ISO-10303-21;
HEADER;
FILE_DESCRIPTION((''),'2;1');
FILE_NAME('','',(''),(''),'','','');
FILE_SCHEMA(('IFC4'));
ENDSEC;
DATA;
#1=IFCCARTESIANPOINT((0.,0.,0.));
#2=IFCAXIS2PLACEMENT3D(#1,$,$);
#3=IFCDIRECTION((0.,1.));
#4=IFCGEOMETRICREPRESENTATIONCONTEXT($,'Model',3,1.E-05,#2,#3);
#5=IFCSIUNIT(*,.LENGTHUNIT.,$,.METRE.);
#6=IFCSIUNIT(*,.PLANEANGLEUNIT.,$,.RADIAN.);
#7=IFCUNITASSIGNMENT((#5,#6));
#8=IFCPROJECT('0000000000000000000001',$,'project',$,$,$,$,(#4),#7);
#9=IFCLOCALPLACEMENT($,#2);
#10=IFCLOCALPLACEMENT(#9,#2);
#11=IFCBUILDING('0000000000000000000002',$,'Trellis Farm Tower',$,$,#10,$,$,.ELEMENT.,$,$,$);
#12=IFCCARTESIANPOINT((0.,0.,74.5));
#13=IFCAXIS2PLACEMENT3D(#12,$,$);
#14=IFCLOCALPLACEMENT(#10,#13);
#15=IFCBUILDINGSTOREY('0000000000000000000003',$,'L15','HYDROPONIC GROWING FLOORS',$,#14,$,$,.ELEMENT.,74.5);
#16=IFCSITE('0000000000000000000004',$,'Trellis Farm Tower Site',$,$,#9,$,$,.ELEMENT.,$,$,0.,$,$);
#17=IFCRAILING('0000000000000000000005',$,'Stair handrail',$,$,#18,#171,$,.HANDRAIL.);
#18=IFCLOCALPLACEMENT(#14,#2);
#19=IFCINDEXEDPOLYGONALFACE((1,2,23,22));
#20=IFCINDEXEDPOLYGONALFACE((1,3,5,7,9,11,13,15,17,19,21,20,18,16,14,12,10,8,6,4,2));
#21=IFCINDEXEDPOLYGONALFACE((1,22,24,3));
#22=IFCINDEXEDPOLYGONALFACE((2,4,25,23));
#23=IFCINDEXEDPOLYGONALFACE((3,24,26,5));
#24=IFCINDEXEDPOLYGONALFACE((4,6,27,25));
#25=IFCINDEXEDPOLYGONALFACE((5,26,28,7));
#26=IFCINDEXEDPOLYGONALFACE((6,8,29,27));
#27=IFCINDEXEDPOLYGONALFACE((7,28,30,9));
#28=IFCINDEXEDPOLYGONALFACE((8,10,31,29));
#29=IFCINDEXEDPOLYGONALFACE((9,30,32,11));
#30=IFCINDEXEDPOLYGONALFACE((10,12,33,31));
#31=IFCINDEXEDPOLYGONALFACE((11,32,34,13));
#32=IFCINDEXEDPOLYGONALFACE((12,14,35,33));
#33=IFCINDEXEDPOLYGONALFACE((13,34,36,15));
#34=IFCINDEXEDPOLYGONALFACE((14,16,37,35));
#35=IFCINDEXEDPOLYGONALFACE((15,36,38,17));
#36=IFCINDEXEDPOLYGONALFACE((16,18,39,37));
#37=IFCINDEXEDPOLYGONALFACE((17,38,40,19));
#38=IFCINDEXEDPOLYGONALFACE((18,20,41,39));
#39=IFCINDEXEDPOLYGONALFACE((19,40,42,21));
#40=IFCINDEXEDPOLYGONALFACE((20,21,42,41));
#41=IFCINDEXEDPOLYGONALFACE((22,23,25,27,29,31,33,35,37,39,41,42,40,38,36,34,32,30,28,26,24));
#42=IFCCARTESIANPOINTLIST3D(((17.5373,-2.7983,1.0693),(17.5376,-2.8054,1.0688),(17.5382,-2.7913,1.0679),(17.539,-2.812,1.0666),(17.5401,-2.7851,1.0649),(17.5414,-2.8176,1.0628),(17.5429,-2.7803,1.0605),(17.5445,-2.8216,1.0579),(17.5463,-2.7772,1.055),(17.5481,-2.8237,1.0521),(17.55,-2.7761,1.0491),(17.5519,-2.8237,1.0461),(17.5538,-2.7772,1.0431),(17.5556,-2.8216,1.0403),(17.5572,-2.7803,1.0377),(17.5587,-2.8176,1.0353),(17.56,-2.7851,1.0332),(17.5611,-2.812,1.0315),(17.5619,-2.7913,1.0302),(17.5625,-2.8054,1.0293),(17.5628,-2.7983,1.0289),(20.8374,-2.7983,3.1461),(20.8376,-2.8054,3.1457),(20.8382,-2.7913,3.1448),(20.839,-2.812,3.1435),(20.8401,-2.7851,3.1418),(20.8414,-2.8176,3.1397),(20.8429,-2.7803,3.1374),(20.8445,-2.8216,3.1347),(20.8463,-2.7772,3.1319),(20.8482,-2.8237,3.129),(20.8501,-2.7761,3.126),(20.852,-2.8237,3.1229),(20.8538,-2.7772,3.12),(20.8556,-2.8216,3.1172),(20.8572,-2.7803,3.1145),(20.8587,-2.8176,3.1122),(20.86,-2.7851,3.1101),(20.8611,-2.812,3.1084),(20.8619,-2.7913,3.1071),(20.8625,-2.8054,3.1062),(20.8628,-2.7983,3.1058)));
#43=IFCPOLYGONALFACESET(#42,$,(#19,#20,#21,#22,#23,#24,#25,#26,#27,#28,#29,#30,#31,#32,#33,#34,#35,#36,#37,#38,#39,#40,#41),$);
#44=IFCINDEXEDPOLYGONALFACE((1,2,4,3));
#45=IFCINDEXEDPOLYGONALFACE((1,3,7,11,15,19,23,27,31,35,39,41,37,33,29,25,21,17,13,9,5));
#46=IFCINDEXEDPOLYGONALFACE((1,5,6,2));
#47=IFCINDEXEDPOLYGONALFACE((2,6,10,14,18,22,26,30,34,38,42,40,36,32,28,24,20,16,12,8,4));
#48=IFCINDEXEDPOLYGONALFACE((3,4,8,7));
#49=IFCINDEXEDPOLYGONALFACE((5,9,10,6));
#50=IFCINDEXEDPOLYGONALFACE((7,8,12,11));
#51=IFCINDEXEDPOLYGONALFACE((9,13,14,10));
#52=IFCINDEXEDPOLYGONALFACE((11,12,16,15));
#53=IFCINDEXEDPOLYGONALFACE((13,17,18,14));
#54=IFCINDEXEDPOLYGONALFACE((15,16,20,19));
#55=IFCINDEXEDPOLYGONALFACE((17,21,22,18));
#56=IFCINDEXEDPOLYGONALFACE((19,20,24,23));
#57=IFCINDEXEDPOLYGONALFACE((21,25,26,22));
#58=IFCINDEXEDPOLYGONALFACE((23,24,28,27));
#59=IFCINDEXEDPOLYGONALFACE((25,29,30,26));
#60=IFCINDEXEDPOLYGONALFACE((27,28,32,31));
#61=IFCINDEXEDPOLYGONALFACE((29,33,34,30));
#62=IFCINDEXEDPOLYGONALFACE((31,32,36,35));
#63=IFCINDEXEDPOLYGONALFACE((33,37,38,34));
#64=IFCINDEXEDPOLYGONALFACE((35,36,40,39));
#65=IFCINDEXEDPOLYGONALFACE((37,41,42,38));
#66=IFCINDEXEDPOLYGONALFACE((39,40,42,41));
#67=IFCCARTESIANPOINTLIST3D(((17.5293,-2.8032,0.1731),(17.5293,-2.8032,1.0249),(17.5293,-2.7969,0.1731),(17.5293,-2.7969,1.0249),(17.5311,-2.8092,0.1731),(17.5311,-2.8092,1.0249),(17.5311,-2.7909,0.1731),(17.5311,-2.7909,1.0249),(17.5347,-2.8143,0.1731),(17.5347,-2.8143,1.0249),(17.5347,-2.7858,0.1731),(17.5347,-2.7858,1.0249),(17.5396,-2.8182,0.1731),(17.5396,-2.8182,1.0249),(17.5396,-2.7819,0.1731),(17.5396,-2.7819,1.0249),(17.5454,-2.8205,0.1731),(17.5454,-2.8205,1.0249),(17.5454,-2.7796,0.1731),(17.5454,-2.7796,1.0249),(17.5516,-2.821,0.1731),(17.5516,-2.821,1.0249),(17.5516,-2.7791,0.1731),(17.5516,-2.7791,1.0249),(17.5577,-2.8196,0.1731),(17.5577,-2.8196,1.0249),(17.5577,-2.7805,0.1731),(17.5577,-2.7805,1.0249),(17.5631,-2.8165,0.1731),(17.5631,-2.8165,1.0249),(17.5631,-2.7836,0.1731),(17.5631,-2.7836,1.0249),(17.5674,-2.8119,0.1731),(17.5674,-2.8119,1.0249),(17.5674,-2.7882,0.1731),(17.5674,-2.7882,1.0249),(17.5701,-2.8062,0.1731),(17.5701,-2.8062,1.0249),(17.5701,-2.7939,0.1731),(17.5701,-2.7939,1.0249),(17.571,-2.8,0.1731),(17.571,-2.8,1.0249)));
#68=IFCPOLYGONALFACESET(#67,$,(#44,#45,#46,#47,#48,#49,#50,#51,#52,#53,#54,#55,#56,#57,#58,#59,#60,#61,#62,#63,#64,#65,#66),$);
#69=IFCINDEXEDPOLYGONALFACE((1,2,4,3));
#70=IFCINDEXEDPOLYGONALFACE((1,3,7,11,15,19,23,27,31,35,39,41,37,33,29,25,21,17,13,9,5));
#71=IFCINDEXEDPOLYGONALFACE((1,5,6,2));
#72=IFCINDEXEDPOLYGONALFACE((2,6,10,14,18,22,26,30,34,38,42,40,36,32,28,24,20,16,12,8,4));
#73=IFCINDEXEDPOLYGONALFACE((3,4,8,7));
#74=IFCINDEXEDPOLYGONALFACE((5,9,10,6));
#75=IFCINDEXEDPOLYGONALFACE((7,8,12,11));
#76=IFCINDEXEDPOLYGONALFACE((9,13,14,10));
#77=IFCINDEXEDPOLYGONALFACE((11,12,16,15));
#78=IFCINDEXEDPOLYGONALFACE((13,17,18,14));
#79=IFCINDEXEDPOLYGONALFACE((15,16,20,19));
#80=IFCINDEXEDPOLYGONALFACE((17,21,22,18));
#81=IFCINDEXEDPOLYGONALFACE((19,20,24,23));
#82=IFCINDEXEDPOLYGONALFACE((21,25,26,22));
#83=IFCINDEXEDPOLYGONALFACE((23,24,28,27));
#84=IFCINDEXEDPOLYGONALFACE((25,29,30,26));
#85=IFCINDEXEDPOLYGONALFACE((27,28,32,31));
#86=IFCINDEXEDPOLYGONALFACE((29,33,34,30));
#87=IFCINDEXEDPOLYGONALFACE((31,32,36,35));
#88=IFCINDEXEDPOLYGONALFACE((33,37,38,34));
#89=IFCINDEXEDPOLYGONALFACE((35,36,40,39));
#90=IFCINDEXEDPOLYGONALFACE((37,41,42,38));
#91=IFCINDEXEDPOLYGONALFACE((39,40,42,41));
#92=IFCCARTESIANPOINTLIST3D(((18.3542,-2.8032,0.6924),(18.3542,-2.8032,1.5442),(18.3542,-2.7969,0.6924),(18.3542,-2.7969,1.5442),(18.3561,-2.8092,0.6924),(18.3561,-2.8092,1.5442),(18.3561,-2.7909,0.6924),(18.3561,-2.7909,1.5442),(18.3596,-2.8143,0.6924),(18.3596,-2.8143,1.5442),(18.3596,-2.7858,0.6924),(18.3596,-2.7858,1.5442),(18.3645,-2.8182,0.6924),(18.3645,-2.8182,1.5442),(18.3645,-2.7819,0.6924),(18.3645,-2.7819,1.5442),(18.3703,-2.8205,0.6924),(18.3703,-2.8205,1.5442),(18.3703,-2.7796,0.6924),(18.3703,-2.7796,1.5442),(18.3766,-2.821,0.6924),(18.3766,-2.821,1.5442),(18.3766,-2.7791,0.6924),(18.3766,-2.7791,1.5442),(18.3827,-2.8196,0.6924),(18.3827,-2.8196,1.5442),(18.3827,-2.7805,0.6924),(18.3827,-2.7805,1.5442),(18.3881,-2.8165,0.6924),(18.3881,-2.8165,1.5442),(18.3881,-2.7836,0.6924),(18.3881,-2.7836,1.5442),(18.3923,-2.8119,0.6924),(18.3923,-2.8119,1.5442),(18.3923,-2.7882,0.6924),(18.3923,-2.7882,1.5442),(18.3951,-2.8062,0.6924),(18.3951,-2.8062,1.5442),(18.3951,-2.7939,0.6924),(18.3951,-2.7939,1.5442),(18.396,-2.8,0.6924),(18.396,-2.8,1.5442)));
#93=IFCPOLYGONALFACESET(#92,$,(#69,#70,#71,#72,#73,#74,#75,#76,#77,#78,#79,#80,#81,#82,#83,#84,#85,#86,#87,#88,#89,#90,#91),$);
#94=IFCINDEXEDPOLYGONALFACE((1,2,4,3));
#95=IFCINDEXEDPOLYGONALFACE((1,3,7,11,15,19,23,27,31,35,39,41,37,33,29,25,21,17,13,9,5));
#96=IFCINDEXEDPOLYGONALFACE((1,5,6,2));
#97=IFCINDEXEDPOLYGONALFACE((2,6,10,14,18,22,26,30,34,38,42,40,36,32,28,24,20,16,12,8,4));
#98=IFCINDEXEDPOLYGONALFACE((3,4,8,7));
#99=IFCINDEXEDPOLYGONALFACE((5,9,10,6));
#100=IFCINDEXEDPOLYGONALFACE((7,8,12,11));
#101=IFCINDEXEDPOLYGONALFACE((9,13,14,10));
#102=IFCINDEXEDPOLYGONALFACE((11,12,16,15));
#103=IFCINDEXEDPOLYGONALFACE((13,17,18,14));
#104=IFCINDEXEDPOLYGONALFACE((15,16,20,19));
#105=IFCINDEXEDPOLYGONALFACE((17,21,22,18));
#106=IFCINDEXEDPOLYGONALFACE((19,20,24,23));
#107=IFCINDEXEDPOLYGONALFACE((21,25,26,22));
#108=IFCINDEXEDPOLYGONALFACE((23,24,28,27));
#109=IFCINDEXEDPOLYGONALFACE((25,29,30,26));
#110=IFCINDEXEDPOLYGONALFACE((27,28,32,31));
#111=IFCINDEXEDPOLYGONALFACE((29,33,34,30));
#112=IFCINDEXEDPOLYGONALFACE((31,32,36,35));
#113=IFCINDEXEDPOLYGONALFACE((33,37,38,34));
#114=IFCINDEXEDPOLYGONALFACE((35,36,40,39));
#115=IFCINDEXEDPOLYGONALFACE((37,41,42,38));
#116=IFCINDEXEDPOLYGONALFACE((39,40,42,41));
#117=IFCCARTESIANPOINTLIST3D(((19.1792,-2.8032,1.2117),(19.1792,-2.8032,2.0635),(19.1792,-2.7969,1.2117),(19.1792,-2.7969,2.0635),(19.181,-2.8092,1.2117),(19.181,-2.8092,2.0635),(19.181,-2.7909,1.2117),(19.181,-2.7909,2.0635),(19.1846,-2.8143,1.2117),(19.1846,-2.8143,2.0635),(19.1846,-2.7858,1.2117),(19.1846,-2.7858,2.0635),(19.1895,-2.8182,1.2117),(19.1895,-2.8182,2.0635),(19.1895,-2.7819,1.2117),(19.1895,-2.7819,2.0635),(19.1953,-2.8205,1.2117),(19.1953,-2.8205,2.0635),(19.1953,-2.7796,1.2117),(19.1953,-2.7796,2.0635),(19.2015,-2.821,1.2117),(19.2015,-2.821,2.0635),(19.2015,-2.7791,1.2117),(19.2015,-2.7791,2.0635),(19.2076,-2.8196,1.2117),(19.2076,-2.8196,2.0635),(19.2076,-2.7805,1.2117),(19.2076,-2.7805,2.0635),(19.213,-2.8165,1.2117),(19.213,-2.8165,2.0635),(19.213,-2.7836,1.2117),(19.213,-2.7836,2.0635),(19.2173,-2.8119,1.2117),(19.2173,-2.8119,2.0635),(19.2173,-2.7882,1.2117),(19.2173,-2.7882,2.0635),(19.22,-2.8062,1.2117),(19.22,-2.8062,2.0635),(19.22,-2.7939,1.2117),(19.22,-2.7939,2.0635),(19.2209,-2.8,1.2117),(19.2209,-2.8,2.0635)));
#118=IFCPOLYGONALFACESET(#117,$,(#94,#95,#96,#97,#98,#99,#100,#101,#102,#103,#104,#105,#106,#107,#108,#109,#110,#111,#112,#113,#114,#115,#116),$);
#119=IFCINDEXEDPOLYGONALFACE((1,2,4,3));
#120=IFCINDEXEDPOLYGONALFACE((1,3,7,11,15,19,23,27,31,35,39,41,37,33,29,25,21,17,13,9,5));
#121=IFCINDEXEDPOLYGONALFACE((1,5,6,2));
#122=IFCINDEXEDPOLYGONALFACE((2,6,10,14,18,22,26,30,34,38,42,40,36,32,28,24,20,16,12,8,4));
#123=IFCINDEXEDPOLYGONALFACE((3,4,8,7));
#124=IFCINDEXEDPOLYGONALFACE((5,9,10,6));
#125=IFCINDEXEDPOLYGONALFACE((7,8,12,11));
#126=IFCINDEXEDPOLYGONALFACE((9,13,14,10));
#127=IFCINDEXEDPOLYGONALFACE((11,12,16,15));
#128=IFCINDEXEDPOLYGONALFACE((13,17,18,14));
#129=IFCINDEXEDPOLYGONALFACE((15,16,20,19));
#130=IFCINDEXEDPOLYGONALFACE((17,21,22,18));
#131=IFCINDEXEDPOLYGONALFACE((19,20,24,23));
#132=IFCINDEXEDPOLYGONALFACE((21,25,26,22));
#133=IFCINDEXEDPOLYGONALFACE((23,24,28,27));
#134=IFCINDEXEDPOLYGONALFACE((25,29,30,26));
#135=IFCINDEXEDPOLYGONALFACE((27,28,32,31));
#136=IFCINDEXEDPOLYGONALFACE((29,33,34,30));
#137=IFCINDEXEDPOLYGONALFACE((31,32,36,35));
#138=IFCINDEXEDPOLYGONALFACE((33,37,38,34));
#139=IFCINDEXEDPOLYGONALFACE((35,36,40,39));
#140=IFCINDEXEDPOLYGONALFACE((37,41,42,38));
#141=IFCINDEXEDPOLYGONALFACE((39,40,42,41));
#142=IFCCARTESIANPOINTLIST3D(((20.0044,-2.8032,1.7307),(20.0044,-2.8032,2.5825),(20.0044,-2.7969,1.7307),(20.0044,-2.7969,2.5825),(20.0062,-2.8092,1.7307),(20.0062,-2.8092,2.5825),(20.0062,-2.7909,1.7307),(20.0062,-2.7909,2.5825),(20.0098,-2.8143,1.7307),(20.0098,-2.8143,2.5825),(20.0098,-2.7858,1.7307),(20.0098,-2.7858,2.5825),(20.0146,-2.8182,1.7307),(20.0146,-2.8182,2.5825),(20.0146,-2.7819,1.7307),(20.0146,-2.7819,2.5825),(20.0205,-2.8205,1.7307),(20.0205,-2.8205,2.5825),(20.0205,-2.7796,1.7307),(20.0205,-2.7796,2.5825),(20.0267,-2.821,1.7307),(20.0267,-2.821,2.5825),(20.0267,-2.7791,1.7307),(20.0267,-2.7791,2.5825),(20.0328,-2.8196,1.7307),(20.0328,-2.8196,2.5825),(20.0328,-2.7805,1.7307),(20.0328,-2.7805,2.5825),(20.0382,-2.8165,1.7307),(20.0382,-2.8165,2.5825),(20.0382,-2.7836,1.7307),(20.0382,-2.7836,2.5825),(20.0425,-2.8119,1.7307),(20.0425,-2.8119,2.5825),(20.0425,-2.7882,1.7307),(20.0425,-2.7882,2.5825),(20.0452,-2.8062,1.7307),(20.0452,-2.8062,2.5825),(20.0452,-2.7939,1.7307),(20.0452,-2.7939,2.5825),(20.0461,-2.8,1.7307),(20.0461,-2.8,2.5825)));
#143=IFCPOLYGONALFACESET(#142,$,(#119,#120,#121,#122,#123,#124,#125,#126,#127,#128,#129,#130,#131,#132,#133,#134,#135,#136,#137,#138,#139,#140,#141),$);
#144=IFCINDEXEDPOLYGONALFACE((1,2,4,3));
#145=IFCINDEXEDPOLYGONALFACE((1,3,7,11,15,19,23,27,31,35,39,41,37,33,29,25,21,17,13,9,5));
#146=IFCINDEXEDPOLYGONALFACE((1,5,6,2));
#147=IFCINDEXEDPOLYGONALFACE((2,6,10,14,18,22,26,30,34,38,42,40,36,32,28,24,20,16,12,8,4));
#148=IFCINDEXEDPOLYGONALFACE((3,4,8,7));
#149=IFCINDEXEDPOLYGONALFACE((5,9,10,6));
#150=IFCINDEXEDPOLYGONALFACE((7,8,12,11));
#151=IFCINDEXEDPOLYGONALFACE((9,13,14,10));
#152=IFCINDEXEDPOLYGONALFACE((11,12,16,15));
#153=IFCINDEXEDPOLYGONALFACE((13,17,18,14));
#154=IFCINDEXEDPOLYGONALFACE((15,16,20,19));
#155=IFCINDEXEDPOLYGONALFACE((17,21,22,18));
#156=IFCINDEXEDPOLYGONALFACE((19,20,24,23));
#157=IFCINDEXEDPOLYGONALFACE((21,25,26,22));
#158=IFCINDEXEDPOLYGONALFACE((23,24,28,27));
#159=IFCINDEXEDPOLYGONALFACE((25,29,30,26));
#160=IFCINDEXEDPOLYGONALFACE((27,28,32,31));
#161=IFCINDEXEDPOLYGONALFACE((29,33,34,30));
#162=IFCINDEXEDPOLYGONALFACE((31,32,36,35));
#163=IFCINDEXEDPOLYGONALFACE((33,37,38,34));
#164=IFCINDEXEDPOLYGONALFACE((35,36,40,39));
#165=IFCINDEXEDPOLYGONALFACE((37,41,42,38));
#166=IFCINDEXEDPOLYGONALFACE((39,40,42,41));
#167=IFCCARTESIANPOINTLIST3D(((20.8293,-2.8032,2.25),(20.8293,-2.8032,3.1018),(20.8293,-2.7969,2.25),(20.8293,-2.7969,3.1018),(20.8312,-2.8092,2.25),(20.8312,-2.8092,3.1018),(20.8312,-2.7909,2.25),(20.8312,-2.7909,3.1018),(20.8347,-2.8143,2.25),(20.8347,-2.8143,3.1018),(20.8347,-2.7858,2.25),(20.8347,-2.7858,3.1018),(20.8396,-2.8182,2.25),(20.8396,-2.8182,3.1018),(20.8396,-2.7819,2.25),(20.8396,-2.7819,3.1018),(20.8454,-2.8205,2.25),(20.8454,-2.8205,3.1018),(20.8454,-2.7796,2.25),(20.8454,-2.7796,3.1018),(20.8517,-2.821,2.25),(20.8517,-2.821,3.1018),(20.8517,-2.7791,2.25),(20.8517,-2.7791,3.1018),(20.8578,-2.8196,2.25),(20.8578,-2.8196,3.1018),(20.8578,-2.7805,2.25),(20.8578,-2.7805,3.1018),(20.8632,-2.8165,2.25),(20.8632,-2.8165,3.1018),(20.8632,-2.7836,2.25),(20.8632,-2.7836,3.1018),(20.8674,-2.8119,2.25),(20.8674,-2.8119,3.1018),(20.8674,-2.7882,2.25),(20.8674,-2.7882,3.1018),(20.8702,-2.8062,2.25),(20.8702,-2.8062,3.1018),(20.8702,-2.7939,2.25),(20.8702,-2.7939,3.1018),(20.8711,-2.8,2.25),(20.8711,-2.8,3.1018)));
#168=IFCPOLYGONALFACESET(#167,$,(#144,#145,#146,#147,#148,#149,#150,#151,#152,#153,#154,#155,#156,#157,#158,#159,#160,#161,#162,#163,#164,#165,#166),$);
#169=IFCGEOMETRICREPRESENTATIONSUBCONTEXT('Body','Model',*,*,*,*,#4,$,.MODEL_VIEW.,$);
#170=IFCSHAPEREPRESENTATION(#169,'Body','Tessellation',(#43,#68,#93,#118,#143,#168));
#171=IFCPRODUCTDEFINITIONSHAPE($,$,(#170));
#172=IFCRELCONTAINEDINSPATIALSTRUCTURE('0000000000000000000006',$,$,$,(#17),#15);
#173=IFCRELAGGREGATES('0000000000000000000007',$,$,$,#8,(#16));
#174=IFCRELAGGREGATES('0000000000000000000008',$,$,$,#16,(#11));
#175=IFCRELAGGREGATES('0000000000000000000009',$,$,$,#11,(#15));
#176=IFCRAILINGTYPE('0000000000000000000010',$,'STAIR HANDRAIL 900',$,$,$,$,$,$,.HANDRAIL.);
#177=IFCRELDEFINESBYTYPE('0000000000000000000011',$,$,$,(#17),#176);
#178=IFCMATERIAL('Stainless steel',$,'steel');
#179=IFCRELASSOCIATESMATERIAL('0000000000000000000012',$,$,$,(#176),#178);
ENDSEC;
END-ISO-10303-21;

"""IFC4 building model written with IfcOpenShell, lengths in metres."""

from ifc_helpers import new_model, si_unit, direction, frame, origin, origin_2d, place, context, subcontext, project, spatial, circle, extrude, source, transform, mapped, material, type_object, element, save


model = new_model("IFC4")

# Units and contexts
model_context = context("Model", 3, precision=1e-05, world=origin(), true_north=direction((0.0, 1.0)))
body_context = subcontext(model_context, "Body", "Model", "MODEL_VIEW")
ifc_project = project(units=[si_unit("LENGTHUNIT", "METRE"), si_unit("PLANEANGLEUNIT", "RADIAN")], contexts=[model_context])

# Site, building, storey
site_placement = place(None, origin())
site = spatial("IfcSite", under=ifc_project, at=site_placement, Name="Trellis Farm Tower Site", CompositionType="ELEMENT", RefElevation=0.0)
building_placement = place(site_placement, origin())
building = spatial("IfcBuilding", under=site, at=building_placement, Name="Trellis Farm Tower", CompositionType="ELEMENT")
storey_placement = place(building_placement, frame((0.0, 0.0, 74.5)))
storey = spatial("IfcBuildingStorey", under=building, at=storey_placement, Name="L15", Description="HYDROPONIC GROWING FLOORS", CompositionType="ELEMENT", Elevation=74.5)

# Railing
ifc_material_1 = material(Name="Stainless steel", Category="steel")
railing_type = type_object("IfcRailingType", Name="STAIR HANDRAIL 900", PredefinedType="HANDRAIL", material=ifc_material_1)
shared_shape_1 = source(origin(), body_context, "Body", "SweptSolid", [
    extrude(circle(Radius=0.0239, at=origin_2d()), frame((0.0, 0.0, 0.876), z_axis=(0.846337, 0.0, 0.532647), x_axis=(0.0, 1.0, 0.0)), (0.0, 0.0, 1.0), 3.8992),
    extrude(circle(Radius=0.021, at=origin_2d()), origin(), (0.0, 0.0, 1.0), 0.8518),
    extrude(circle(Radius=0.021, at=origin_2d()), frame((0.825, 0.0, 0.5193)), (0.0, 0.0, 1.0), 0.8518),
    extrude(circle(Radius=0.021, at=origin_2d()), frame((1.6499, 0.0, 1.0386)), (0.0, 0.0, 1.0), 0.8518),
    extrude(circle(Radius=0.021, at=origin_2d()), frame((2.4751, 0.0, 1.5576)), (0.0, 0.0, 1.0), 0.8518),
    extrude(circle(Radius=0.021, at=origin_2d()), frame((3.3, 0.0, 2.0769)), (0.0, 0.0, 1.0), 0.8518),
])
for number, where, name in (
    (1, (17.55, -2.8, 0.1731), "Stair handrail"),
):
    element("IfcRailing", number, at=place(storey_placement, frame(where)), inside=storey, type_object=railing_type, Name=name, PredefinedType="HANDRAIL", context=body_context, shape_type="MappedRepresentation", body=[
        mapped(shared_shape_1, transform((0.0, 0.0, 0.0))),
    ])

save(model, "model.ifc")
